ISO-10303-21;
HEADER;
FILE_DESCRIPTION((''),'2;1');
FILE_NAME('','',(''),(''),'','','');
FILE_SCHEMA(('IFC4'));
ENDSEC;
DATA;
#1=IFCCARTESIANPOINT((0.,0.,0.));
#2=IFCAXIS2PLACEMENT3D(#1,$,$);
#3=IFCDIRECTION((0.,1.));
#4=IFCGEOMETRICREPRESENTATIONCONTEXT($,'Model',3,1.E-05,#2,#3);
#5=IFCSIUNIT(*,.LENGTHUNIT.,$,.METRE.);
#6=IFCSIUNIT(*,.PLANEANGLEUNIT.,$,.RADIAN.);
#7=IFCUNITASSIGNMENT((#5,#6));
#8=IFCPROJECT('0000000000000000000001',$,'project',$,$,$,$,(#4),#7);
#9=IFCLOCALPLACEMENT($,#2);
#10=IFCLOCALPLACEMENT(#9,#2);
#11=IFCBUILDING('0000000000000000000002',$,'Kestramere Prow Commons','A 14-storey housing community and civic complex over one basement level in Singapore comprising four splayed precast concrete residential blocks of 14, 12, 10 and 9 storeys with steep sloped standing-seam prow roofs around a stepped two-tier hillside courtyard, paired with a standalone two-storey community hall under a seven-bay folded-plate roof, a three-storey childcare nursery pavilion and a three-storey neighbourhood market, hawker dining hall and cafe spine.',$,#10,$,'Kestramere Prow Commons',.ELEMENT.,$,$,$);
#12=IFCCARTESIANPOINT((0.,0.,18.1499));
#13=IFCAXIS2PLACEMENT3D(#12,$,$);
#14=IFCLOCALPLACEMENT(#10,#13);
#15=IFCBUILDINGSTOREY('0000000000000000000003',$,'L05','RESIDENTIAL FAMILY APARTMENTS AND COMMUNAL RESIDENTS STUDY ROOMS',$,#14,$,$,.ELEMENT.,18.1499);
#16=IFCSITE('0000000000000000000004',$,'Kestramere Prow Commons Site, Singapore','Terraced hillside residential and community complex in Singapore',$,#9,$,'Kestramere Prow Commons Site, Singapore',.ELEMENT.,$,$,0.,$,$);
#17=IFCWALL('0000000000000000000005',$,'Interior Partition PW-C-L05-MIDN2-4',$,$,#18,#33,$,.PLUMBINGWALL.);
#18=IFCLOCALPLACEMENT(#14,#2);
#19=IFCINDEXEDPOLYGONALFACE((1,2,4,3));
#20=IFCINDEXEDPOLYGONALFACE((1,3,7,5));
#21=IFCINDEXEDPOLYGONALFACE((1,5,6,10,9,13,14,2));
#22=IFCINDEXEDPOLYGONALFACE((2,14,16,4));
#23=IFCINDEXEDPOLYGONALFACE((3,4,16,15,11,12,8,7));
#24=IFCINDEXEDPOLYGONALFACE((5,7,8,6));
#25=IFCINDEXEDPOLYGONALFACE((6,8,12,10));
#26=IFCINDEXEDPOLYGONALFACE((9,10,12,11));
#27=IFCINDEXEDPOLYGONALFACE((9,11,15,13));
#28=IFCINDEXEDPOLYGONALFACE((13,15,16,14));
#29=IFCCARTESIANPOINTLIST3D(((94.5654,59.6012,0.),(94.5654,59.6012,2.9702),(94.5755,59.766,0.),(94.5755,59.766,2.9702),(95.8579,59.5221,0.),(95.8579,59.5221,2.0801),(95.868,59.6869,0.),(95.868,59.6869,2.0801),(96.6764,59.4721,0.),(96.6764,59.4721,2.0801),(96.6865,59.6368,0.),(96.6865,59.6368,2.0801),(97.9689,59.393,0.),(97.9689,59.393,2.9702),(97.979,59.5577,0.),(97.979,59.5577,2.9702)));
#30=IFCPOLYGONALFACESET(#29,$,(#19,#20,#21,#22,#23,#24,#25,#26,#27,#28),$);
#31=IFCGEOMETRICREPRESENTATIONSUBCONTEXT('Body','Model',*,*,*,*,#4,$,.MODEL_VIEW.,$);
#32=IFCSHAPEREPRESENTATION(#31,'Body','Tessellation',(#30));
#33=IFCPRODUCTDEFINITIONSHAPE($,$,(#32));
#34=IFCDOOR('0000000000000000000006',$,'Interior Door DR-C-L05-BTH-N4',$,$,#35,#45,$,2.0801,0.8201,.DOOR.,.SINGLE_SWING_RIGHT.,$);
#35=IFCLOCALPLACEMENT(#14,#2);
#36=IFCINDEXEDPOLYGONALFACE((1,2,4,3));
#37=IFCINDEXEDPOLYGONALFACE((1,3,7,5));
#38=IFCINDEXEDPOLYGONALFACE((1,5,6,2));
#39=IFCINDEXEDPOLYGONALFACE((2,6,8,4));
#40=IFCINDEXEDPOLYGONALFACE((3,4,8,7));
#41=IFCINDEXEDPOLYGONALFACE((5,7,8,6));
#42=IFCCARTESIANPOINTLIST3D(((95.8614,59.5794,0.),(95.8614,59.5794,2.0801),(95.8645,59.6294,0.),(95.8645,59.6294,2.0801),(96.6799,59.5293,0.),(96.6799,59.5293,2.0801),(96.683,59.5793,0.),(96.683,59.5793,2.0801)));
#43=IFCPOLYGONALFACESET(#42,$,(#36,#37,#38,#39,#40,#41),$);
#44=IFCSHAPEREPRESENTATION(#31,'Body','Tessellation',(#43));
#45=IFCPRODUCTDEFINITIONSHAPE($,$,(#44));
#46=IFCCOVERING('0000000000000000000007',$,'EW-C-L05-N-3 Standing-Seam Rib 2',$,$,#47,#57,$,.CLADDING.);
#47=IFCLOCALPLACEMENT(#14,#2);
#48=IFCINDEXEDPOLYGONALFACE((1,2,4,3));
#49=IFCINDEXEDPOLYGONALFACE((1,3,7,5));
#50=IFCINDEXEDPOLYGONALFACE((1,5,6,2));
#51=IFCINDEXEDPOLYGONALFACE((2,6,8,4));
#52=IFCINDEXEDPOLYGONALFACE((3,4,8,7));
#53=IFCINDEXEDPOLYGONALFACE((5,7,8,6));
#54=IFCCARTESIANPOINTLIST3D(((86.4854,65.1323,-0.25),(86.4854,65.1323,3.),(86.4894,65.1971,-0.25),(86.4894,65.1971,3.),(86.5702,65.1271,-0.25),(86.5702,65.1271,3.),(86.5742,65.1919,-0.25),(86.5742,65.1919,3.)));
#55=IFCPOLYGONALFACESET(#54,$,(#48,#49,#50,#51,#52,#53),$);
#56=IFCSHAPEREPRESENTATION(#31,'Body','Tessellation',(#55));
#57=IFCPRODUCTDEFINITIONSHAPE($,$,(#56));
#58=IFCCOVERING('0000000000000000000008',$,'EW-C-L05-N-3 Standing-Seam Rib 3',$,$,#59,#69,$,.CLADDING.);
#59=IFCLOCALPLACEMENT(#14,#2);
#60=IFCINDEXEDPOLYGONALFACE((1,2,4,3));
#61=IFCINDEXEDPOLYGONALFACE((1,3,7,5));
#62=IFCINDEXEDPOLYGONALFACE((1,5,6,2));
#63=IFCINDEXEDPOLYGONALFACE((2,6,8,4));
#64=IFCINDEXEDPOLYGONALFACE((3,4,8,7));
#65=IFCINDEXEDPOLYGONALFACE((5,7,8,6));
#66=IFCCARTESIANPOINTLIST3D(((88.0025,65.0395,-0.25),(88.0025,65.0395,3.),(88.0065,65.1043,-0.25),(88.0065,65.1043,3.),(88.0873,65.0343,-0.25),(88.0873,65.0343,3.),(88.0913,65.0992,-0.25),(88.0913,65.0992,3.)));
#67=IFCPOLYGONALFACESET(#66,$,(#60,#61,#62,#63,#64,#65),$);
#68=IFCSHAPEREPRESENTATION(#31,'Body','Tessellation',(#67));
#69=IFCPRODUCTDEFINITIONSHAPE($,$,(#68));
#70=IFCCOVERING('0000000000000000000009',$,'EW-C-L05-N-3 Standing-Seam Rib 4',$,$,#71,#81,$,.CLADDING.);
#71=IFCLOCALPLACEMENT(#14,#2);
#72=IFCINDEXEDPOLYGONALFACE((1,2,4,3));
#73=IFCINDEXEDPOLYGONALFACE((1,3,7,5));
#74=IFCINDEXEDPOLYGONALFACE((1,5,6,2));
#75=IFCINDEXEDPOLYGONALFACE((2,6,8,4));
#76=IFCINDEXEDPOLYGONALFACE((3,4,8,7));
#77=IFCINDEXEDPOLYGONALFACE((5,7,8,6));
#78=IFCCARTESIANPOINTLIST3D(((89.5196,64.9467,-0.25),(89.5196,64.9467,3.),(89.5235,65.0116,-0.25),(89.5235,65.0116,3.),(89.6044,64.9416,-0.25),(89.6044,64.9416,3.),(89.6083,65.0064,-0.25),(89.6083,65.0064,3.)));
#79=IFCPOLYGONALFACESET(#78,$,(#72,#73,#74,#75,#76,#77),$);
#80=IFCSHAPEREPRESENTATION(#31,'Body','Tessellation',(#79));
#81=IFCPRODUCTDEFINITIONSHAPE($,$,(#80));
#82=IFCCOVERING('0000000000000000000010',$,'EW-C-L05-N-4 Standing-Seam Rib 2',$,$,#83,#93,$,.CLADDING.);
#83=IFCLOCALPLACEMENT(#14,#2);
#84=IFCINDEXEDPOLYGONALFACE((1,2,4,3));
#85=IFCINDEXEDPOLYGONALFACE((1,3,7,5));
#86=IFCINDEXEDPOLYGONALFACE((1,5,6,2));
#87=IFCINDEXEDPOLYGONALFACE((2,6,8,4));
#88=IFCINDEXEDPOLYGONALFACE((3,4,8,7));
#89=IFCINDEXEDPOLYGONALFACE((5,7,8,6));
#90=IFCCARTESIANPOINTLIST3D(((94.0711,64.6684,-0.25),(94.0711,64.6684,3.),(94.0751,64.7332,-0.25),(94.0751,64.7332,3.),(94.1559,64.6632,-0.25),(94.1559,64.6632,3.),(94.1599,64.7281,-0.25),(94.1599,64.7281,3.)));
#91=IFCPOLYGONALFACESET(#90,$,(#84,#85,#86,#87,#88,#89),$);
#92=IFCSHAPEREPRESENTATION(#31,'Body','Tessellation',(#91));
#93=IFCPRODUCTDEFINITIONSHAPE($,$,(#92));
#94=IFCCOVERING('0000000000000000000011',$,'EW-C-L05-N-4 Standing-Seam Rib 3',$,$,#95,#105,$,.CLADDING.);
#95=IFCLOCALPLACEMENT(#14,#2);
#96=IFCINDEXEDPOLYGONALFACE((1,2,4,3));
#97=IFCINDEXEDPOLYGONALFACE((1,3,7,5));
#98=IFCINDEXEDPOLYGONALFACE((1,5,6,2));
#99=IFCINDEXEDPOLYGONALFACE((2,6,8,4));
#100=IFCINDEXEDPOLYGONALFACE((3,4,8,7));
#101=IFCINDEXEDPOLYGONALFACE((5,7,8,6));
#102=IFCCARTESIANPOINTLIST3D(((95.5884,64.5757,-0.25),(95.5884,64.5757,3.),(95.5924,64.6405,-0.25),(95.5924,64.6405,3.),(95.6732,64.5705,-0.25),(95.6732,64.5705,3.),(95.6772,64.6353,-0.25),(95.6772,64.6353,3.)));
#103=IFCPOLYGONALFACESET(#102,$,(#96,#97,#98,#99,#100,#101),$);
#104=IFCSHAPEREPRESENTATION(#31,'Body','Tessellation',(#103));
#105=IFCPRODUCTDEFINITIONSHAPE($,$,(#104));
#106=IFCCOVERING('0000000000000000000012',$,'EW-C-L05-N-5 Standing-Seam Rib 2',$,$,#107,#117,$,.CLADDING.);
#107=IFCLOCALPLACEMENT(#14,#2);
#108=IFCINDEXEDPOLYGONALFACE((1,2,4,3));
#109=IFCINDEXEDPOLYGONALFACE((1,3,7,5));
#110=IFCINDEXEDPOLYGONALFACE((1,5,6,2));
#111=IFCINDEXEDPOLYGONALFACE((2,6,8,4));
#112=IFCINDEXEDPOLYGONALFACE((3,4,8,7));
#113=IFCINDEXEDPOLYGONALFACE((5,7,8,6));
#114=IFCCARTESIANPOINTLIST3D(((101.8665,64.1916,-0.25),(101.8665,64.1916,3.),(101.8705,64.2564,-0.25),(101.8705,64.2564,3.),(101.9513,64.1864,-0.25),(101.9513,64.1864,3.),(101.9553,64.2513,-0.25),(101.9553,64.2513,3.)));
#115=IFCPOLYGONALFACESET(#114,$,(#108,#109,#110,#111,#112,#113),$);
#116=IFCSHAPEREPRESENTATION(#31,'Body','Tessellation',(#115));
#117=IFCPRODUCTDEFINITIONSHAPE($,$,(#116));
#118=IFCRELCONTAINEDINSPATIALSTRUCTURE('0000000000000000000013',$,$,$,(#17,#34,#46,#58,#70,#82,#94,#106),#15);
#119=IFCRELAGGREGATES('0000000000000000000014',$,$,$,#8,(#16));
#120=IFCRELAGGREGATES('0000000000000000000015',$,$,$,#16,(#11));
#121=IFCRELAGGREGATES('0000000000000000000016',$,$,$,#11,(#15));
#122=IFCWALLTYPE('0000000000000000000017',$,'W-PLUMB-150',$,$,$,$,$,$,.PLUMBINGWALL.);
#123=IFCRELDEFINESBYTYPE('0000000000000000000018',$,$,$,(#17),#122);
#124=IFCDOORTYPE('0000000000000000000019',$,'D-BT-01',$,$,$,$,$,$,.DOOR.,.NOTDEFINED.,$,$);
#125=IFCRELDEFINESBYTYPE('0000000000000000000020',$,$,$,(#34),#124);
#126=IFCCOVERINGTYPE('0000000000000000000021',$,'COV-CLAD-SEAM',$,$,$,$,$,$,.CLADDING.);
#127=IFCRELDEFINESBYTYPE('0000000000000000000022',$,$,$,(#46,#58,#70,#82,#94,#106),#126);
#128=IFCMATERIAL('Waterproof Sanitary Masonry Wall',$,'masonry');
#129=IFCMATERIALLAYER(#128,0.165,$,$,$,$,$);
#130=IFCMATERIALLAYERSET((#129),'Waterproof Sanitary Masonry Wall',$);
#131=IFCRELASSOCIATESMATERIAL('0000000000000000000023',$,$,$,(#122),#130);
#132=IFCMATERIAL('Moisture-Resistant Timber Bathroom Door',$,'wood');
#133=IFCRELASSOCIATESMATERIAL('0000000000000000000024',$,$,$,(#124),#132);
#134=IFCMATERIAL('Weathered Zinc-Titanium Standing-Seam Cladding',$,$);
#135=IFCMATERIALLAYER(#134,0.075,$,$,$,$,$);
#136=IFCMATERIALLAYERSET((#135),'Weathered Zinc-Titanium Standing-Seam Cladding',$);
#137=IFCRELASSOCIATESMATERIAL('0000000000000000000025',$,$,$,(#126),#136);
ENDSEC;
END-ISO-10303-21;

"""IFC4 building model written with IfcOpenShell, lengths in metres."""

from ifc_helpers import new_model, si_unit, direction, frame, frame_2d, origin, origin_2d, place, context, subcontext, project, spatial, rectangle, extrude, material, layer, layer_set, type_object, element, fill, save


model = new_model("IFC4")

# Units and contexts
model_context = context("Model", 3, precision=1e-05, world=origin(), true_north=direction((0.0, 1.0)))
body_context = subcontext(model_context, "Body", "Model", "MODEL_VIEW")
ifc_project = project(units=[si_unit("LENGTHUNIT", "METRE"), si_unit("PLANEANGLEUNIT", "RADIAN")], contexts=[model_context])

# Site, building, storey
site_placement = place(None, origin())
site = spatial("IfcSite", under=ifc_project, at=site_placement, Name="Kestramere Prow Commons Site, Singapore", Description="Terraced hillside residential and community complex in Singapore", LongName="Kestramere Prow Commons Site, Singapore", CompositionType="ELEMENT", RefElevation=0.0)
building_placement = place(site_placement, origin())
building = spatial("IfcBuilding", under=site, at=building_placement, Name="Kestramere Prow Commons", Description="A 14-storey housing community and civic complex over one basement level in Singapore comprising four splayed precast concrete residential blocks of 14, 12, 10 and 9 storeys with steep sloped standing-seam prow roofs around a stepped two-tier hillside courtyard, paired with a standalone two-storey community hall under a seven-bay folded-plate roof, a three-storey childcare nursery pavilion and a three-storey neighbourhood market, hawker dining hall and cafe spine.", LongName="Kestramere Prow Commons", CompositionType="ELEMENT")
storey_placement = place(building_placement, frame((0.0, 0.0, 18.1499)))
storey = spatial("IfcBuildingStorey", under=building, at=storey_placement, Name="L05", Description="RESIDENTIAL FAMILY APARTMENTS AND COMMUNAL RESIDENTS STUDY ROOMS", CompositionType="ELEMENT", Elevation=18.1499)

# Wall, opening, door
ifc_material_1 = material(Name="Waterproof Sanitary Masonry Wall", Category="masonry")
ifc_layer_1 = layer(ifc_material_1, 0.165)
ifc_layer_set_1 = layer_set([ifc_layer_1], Name="Waterproof Sanitary Masonry Wall")
wall_type_1 = type_object("IfcWallType", Name="W-PLUMB-150", PredefinedType="PLUMBINGWALL", material=ifc_layer_set_1)
ifc_material_2 = material(Name="Moisture-Resistant Timber Bathroom Door", Category="wood")
door_type_1 = type_object("IfcDoorType", Name="D-BT-01", OperationType="NOTDEFINED", PredefinedType="DOOR", material=ifc_material_2)
wall_1_placement = place(storey_placement, frame((94.5703, 59.6836, 0.0), z_axis=(0.0, 0.0, 1.0), x_axis=(0.998133, -0.061072, 0.0)))
wall_1 = element("IfcWall", 1, at=wall_1_placement, inside=storey, type_object=wall_type_1, Name="Interior Partition PW-C-L05-MIDN2-4", PredefinedType="PLUMBINGWALL", context=body_context, shape_type="SweptSolid", body=[
    extrude(rectangle(XDim=3.4099, YDim=0.165, at=frame_2d((1.7051, 0.0))), origin(), (0.0, 0.0, 1.0), 2.9702),
])
opening_1_placement = place(wall_1_placement, frame((1.2949, 0.0, 0.0)))
opening_1 = element("IfcOpeningElement", 2, at=opening_1_placement, cuts=wall_1, PredefinedType="OPENING", context=body_context, shape_type="SweptSolid", body=[
    extrude(rectangle(XDim=0.8201, YDim=2.0801, at=frame_2d((0.4102, 1.04))), frame((0.0, 0.0974, 0.0), z_axis=(0.0, -1.0, 0.0), x_axis=(1.0, 0.0, 0.0)), (0.0, 0.0, 1.0), 0.1951),
])
door_1_placement = place(opening_1_placement, origin())
door_1 = element("IfcDoor", 3, at=door_1_placement, inside=storey, type_object=door_type_1, Name="Interior Door DR-C-L05-BTH-N4", OperationType="SINGLE_SWING_RIGHT", OverallHeight=2.0801, OverallWidth=0.8201, PredefinedType="DOOR", context=body_context, shape_type="SweptSolid", body=[
    extrude(rectangle(XDim=0.8201, YDim=2.0801, at=frame_2d((0.4102, 1.04))), frame((0.0, 0.0249, 0.0), z_axis=(0.0, -1.0, 0.0), x_axis=(1.0, 0.0, 0.0)), (0.0, 0.0, 1.0), 0.05),
])
fill(opening_1, door_1)

# Coverings
ifc_material_3 = material(Name="Weathered Zinc-Titanium Standing-Seam Cladding")
ifc_layer_2 = layer(ifc_material_3, 0.075)
ifc_layer_set_2 = layer_set([ifc_layer_2], Name="Weathered Zinc-Titanium Standing-Seam Cladding")
covering_type = type_object("IfcCoveringType", Name="COV-CLAD-SEAM", PredefinedType="CLADDING", material=ifc_layer_set_2)
for number, where, z_axis, x_axis, name in (
    (4, (86.5298, 65.1621, -0.25), (0.0, 0.0, 1.0), (0.998135, -0.061049, 0.0), "EW-C-L05-N-3 Standing-Seam Rib 2"),
    (5, (88.0469, 65.0693, -0.25), (0.0, 0.0, 1.0), (0.998135, -0.061049, 0.0), "EW-C-L05-N-3 Standing-Seam Rib 3"),
    (6, (89.564, 64.9766, -0.25), (0.0, 0.0, 1.0), (0.998135, -0.061049, 0.0), "EW-C-L05-N-3 Standing-Seam Rib 4"),
    (7, (94.1155, 64.6982, -0.25), (0.0, 0.0, 1.0), (0.998135, -0.061049, 0.0), "EW-C-L05-N-4 Standing-Seam Rib 2"),
    (8, (95.6328, 64.6055, -0.25), (0.0, 0.0, 1.0), (0.998135, -0.061049, 0.0), "EW-C-L05-N-4 Standing-Seam Rib 3"),
    (9, (101.9109, 64.2214, -0.25), (0.0, 0.0, 1.0), (0.998135, -0.061049, 0.0), "EW-C-L05-N-5 Standing-Seam Rib 2"),
):
    element("IfcCovering", number, at=place(storey_placement, frame(where, z_axis=z_axis, x_axis=x_axis)), inside=storey, type_object=covering_type, Name=name, PredefinedType="CLADDING", context=body_context, shape_type="SweptSolid", body=[
        extrude(rectangle(XDim=0.085, YDim=0.0649, at=origin_2d()), origin(), (0.0, 0.0, 1.0), 3.25),
    ])

save(model, "model.ifc")
